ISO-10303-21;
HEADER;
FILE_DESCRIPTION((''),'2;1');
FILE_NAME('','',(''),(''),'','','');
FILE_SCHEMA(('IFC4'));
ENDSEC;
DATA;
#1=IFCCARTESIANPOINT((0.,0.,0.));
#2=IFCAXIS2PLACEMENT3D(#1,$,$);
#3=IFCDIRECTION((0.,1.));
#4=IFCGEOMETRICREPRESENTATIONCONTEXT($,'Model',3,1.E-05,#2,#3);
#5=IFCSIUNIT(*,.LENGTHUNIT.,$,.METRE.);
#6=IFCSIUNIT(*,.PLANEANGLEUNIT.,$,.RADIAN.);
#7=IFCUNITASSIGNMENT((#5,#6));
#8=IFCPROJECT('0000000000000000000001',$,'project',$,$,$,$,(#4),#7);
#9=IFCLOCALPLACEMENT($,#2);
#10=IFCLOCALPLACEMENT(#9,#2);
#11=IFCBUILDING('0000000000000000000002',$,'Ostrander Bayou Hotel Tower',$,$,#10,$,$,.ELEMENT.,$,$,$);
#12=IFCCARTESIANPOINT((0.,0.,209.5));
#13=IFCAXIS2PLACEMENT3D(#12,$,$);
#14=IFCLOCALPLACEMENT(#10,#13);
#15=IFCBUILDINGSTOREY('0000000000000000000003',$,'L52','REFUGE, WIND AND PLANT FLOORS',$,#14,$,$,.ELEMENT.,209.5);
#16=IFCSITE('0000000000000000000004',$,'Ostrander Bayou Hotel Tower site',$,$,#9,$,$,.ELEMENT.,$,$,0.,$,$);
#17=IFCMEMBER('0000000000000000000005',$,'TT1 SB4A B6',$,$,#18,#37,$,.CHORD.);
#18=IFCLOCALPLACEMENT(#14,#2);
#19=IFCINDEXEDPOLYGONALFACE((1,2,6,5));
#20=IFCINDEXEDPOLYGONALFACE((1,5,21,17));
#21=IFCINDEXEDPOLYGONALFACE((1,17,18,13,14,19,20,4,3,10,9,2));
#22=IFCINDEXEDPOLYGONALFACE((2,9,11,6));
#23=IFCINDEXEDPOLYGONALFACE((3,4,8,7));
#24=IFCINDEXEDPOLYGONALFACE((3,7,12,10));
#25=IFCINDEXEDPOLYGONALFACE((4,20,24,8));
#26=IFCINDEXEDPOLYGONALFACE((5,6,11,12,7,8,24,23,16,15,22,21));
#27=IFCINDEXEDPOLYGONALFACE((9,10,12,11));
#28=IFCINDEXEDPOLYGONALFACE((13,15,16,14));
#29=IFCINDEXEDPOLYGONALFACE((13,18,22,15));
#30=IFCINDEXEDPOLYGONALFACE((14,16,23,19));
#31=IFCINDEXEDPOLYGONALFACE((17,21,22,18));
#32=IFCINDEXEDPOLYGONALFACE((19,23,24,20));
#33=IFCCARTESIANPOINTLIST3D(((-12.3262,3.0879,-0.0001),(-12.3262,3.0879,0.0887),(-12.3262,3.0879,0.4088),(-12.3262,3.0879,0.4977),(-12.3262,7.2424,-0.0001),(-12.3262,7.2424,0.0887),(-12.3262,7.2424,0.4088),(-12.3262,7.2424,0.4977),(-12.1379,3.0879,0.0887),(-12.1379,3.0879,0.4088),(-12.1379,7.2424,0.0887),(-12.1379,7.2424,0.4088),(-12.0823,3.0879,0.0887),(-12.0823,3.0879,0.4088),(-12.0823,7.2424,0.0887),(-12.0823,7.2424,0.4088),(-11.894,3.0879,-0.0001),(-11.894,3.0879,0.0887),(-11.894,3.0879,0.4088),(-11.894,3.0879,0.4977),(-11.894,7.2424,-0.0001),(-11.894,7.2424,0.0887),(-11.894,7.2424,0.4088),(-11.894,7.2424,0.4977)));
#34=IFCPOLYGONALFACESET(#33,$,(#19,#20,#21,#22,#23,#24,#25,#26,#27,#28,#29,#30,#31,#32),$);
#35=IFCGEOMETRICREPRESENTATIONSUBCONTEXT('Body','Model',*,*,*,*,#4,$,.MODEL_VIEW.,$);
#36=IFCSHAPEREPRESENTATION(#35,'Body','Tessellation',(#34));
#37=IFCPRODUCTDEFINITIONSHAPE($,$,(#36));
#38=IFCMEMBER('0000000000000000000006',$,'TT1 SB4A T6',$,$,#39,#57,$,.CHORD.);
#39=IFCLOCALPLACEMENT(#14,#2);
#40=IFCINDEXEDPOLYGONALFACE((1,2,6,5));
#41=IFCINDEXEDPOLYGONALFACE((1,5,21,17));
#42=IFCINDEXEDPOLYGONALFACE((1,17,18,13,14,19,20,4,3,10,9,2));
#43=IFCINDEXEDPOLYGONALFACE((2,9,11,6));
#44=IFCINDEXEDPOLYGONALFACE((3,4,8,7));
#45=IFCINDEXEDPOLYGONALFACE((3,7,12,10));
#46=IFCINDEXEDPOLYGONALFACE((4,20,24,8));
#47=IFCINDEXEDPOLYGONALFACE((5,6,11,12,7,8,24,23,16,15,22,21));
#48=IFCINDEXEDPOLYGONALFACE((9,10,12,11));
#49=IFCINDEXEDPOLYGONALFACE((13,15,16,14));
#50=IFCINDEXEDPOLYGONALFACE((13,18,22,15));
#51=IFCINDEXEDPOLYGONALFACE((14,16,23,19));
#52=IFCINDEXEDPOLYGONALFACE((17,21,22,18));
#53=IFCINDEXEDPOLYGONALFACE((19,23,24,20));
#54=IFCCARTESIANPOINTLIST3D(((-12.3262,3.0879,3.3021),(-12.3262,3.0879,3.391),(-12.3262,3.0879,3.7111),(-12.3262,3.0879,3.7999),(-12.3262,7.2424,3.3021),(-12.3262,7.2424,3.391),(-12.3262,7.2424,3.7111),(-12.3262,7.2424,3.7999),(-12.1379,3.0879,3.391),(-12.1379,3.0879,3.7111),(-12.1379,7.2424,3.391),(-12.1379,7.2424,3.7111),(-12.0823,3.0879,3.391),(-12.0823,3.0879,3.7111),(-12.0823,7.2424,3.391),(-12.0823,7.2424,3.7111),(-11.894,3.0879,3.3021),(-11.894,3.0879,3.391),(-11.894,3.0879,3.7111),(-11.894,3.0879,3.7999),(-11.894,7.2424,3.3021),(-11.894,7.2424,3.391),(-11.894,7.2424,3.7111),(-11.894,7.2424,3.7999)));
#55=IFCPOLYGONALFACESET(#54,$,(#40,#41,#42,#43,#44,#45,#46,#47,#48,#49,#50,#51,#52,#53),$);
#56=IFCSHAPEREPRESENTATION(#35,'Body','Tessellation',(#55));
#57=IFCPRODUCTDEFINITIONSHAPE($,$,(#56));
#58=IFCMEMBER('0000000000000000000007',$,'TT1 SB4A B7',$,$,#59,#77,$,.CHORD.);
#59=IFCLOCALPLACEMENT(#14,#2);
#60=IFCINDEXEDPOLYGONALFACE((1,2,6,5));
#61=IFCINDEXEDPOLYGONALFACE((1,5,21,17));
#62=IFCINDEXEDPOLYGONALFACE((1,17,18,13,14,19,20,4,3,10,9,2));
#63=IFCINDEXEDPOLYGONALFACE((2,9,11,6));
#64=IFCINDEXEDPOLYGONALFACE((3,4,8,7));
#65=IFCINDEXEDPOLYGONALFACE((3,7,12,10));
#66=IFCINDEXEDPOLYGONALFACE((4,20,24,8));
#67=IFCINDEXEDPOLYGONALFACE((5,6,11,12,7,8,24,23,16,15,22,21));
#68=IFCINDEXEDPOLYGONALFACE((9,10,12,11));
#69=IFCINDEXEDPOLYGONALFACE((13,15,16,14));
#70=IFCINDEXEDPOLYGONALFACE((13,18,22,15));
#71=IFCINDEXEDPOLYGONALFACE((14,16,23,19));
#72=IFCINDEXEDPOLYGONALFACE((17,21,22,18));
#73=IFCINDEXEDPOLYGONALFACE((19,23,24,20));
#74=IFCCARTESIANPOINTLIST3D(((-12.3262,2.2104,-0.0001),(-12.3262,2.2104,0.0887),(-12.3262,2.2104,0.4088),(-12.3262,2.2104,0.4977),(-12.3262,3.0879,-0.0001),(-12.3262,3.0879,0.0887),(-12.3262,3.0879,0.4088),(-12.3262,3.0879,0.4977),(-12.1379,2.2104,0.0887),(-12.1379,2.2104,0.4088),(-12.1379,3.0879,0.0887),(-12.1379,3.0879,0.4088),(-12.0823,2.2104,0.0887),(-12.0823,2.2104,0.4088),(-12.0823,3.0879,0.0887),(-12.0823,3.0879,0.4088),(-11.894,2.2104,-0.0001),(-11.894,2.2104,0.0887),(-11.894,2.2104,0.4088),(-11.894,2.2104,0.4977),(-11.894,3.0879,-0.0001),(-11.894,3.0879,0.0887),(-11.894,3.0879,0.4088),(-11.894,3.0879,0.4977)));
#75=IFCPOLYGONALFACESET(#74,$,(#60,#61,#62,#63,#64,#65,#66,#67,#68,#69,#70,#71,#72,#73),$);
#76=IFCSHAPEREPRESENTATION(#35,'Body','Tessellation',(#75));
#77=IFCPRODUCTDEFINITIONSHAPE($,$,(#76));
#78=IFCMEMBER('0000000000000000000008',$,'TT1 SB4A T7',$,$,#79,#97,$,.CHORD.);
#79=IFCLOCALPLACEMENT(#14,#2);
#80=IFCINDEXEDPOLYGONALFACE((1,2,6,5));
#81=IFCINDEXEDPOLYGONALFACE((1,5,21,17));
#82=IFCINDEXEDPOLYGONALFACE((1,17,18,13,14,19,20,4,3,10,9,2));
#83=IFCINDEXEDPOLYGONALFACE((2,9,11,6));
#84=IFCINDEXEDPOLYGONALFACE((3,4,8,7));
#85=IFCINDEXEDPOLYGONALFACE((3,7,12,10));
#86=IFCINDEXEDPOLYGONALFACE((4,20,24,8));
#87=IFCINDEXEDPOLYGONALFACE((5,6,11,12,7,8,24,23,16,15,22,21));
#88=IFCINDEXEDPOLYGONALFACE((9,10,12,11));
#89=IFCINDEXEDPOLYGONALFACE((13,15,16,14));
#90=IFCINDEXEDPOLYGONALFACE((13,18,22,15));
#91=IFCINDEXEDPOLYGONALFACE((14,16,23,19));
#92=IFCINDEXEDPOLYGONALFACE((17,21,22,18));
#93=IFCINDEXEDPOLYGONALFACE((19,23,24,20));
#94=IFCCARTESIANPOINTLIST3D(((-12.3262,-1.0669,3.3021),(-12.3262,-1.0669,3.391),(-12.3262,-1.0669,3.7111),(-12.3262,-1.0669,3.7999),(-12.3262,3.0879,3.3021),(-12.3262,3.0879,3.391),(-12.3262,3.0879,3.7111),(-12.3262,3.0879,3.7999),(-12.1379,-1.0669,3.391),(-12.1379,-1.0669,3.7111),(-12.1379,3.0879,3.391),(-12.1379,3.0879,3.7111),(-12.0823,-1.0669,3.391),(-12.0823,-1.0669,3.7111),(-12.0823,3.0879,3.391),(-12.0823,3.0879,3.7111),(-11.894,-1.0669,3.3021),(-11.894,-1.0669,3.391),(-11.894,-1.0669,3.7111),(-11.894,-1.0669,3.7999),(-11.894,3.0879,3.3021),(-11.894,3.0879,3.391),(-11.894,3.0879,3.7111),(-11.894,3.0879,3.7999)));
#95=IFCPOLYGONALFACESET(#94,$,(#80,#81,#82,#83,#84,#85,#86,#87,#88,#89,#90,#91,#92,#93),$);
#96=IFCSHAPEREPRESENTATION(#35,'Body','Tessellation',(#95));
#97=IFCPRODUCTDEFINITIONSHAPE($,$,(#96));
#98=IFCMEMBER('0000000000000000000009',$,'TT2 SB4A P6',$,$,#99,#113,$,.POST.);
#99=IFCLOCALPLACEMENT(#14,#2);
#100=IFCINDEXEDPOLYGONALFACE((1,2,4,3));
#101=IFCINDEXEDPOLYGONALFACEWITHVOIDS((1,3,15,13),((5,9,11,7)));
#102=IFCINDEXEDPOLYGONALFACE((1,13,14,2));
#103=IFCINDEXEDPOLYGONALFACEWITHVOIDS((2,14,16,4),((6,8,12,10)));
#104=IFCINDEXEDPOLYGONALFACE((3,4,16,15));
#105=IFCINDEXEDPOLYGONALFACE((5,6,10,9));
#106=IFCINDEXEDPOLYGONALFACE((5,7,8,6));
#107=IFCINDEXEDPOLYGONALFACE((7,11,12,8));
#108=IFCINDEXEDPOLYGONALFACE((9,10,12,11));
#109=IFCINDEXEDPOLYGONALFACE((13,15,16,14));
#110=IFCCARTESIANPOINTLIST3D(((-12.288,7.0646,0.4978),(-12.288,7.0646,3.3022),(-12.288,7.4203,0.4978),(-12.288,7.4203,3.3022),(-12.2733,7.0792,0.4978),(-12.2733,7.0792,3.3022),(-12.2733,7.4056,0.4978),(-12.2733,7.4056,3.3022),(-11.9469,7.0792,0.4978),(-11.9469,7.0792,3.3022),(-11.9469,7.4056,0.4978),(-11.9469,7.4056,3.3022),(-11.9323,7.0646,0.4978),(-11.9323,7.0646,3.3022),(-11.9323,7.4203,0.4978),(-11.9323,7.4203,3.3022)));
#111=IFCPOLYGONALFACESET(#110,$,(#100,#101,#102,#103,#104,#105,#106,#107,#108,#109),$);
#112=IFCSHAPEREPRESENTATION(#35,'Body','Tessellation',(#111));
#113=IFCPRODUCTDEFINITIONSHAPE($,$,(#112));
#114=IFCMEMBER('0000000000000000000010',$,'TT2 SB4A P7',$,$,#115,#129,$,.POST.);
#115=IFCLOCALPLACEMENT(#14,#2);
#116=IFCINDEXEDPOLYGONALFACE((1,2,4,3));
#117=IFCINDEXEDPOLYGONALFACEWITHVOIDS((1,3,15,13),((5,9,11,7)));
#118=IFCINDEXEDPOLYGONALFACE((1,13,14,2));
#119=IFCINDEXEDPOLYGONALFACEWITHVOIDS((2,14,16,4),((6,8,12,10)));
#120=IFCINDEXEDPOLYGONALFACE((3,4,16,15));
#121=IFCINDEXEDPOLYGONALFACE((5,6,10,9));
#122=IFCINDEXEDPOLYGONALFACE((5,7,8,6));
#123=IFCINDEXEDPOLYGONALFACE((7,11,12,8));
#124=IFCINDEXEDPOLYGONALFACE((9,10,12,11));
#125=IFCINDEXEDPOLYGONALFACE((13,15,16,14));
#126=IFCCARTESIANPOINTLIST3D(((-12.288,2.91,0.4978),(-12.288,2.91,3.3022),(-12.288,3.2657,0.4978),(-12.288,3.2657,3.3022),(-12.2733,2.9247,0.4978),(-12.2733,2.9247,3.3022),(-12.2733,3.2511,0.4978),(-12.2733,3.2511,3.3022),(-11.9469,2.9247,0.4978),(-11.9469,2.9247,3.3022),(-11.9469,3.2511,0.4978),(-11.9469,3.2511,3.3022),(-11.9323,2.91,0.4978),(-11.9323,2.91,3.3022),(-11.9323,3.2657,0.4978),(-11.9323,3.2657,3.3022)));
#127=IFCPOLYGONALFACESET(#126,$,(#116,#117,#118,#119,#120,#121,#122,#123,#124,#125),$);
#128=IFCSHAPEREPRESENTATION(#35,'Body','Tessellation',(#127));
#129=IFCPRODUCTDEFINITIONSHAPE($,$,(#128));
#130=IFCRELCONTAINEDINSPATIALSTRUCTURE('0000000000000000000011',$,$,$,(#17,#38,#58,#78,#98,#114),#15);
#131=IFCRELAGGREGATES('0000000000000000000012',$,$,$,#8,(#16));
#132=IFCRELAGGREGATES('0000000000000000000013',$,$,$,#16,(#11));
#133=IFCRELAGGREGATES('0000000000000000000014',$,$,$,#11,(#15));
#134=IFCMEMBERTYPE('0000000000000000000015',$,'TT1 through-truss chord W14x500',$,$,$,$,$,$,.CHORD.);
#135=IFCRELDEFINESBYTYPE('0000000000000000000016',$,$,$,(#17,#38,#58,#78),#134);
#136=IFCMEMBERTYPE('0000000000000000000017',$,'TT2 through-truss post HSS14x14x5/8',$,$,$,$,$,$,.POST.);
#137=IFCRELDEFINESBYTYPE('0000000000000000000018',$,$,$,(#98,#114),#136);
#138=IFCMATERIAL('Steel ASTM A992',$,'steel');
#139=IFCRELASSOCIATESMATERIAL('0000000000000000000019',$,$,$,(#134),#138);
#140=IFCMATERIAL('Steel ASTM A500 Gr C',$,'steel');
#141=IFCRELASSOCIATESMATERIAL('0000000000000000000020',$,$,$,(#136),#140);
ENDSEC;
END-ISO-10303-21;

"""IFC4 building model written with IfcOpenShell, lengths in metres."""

from ifc_helpers import new_model, si_unit, direction, frame, origin, origin_2d, place, context, subcontext, project, spatial, hollow_rectangle, i_section, extrude, material, material_profile, profile_set, type_object, element, save


model = new_model("IFC4")

# Units and contexts
model_context = context("Model", 3, precision=1e-05, world=origin(), true_north=direction((0.0, 1.0)))
body_context = subcontext(model_context, "Body", "Model", "MODEL_VIEW")
ifc_project = project(units=[si_unit("LENGTHUNIT", "METRE"), si_unit("PLANEANGLEUNIT", "RADIAN")], contexts=[model_context])

# Site, building, storey
site_placement = place(None, origin())
site = spatial("IfcSite", under=ifc_project, at=site_placement, Name="Ostrander Bayou Hotel Tower site", CompositionType="ELEMENT", RefElevation=0.0)
building_placement = place(site_placement, origin())
building = spatial("IfcBuilding", under=site, at=building_placement, Name="Ostrander Bayou Hotel Tower", CompositionType="ELEMENT")
storey_placement = place(building_placement, frame((0.0, 0.0, 209.5)))
storey = spatial("IfcBuildingStorey", under=building, at=storey_placement, Name="L52", Description="REFUGE, WIND AND PLANT FLOORS", CompositionType="ELEMENT", Elevation=209.5)

# Members
ifc_material_1 = material(Name="Steel ASTM A992", Category="steel")
ifc_material_profile_1 = material_profile(ifc_material_1, i_section(OverallWidth=0.4321, OverallDepth=0.4978, WebThickness=0.0557, FlangeThickness=0.0889, at=origin_2d()))
ifc_profile_set_1 = profile_set([ifc_material_profile_1], Name="Steel ASTM A992")
member_type_1 = type_object("IfcMemberType", Name="TT1 through-truss chord W14x500", PredefinedType="CHORD", material=ifc_profile_set_1)
for number, where, z_axis, x_axis, name in (
    (1, (-12.1101, 7.2424, 0.2488), (0.0, -1.0, 0.0), (1.0, 0.0, 0.0), "TT1 SB4A B6"),
    (2, (-12.1101, 7.2424, 3.551), (0.0, -1.0, 0.0), (1.0, 0.0, 0.0), "TT1 SB4A T6"),
):
    element("IfcMember", number, at=place(storey_placement, frame(where, z_axis=z_axis, x_axis=x_axis)), inside=storey, type_object=member_type_1, Name=name, PredefinedType="CHORD", context=body_context, shape_type="SweptSolid", body=[
        extrude(i_section(OverallWidth=0.4321, OverallDepth=0.4978, WebThickness=0.0557, FlangeThickness=0.0889, at=origin_2d()), origin(), (0.0, 0.0, 1.0), 4.1545),
    ])
member_1_placement = place(storey_placement, frame((-12.1101, 3.0879, 0.2488), z_axis=(0.0, -1.0, 0.0), x_axis=(1.0, 0.0, 0.0)))
element("IfcMember", 3, at=member_1_placement, inside=storey, type_object=member_type_1, Name="TT1 SB4A B7", PredefinedType="CHORD", context=body_context, shape_type="SweptSolid", body=[
    extrude(i_section(OverallWidth=0.4321, OverallDepth=0.4978, WebThickness=0.0557, FlangeThickness=0.0889, at=origin_2d()), origin(), (0.0, 0.0, 1.0), 0.8774),
])
member_2_placement = place(storey_placement, frame((-12.1101, 3.0879, 3.551), z_axis=(0.0, -1.0, 0.0), x_axis=(1.0, 0.0, 0.0)))
element("IfcMember", 4, at=member_2_placement, inside=storey, type_object=member_type_1, Name="TT1 SB4A T7", PredefinedType="CHORD", context=body_context, shape_type="SweptSolid", body=[
    extrude(i_section(OverallWidth=0.4321, OverallDepth=0.4978, WebThickness=0.0557, FlangeThickness=0.0889, at=origin_2d()), origin(), (0.0, 0.0, 1.0), 4.1548),
])
ifc_material_2 = material(Name="Steel ASTM A500 Gr C", Category="steel")
ifc_material_profile_2 = material_profile(ifc_material_2, hollow_rectangle(XDim=0.3557, YDim=0.3557, WallThickness=0.0146, at=origin_2d()))
ifc_profile_set_2 = profile_set([ifc_material_profile_2], Name="Steel ASTM A500 Gr C")
member_type_2 = type_object("IfcMemberType", Name="TT2 through-truss post HSS14x14x5/8", PredefinedType="POST", material=ifc_profile_set_2)
for number, where, z_axis, x_axis, name in (
    (5, (-12.1101, 7.2424, 0.4978), (0.0, 0.0, 1.0), (1.0, 0.0, 0.0), "TT2 SB4A P6"),
    (6, (-12.1101, 3.0879, 0.4978), (0.0, 0.0, 1.0), (1.0, 0.0, 0.0), "TT2 SB4A P7"),
):
    element("IfcMember", number, at=place(storey_placement, frame(where, z_axis=z_axis, x_axis=x_axis)), inside=storey, type_object=member_type_2, Name=name, PredefinedType="POST", context=body_context, shape_type="SweptSolid", body=[
        extrude(hollow_rectangle(XDim=0.3557, YDim=0.3557, WallThickness=0.0146, at=origin_2d()), origin(), (0.0, 0.0, 1.0), 2.8044),
    ])

save(model, "model.ifc")
